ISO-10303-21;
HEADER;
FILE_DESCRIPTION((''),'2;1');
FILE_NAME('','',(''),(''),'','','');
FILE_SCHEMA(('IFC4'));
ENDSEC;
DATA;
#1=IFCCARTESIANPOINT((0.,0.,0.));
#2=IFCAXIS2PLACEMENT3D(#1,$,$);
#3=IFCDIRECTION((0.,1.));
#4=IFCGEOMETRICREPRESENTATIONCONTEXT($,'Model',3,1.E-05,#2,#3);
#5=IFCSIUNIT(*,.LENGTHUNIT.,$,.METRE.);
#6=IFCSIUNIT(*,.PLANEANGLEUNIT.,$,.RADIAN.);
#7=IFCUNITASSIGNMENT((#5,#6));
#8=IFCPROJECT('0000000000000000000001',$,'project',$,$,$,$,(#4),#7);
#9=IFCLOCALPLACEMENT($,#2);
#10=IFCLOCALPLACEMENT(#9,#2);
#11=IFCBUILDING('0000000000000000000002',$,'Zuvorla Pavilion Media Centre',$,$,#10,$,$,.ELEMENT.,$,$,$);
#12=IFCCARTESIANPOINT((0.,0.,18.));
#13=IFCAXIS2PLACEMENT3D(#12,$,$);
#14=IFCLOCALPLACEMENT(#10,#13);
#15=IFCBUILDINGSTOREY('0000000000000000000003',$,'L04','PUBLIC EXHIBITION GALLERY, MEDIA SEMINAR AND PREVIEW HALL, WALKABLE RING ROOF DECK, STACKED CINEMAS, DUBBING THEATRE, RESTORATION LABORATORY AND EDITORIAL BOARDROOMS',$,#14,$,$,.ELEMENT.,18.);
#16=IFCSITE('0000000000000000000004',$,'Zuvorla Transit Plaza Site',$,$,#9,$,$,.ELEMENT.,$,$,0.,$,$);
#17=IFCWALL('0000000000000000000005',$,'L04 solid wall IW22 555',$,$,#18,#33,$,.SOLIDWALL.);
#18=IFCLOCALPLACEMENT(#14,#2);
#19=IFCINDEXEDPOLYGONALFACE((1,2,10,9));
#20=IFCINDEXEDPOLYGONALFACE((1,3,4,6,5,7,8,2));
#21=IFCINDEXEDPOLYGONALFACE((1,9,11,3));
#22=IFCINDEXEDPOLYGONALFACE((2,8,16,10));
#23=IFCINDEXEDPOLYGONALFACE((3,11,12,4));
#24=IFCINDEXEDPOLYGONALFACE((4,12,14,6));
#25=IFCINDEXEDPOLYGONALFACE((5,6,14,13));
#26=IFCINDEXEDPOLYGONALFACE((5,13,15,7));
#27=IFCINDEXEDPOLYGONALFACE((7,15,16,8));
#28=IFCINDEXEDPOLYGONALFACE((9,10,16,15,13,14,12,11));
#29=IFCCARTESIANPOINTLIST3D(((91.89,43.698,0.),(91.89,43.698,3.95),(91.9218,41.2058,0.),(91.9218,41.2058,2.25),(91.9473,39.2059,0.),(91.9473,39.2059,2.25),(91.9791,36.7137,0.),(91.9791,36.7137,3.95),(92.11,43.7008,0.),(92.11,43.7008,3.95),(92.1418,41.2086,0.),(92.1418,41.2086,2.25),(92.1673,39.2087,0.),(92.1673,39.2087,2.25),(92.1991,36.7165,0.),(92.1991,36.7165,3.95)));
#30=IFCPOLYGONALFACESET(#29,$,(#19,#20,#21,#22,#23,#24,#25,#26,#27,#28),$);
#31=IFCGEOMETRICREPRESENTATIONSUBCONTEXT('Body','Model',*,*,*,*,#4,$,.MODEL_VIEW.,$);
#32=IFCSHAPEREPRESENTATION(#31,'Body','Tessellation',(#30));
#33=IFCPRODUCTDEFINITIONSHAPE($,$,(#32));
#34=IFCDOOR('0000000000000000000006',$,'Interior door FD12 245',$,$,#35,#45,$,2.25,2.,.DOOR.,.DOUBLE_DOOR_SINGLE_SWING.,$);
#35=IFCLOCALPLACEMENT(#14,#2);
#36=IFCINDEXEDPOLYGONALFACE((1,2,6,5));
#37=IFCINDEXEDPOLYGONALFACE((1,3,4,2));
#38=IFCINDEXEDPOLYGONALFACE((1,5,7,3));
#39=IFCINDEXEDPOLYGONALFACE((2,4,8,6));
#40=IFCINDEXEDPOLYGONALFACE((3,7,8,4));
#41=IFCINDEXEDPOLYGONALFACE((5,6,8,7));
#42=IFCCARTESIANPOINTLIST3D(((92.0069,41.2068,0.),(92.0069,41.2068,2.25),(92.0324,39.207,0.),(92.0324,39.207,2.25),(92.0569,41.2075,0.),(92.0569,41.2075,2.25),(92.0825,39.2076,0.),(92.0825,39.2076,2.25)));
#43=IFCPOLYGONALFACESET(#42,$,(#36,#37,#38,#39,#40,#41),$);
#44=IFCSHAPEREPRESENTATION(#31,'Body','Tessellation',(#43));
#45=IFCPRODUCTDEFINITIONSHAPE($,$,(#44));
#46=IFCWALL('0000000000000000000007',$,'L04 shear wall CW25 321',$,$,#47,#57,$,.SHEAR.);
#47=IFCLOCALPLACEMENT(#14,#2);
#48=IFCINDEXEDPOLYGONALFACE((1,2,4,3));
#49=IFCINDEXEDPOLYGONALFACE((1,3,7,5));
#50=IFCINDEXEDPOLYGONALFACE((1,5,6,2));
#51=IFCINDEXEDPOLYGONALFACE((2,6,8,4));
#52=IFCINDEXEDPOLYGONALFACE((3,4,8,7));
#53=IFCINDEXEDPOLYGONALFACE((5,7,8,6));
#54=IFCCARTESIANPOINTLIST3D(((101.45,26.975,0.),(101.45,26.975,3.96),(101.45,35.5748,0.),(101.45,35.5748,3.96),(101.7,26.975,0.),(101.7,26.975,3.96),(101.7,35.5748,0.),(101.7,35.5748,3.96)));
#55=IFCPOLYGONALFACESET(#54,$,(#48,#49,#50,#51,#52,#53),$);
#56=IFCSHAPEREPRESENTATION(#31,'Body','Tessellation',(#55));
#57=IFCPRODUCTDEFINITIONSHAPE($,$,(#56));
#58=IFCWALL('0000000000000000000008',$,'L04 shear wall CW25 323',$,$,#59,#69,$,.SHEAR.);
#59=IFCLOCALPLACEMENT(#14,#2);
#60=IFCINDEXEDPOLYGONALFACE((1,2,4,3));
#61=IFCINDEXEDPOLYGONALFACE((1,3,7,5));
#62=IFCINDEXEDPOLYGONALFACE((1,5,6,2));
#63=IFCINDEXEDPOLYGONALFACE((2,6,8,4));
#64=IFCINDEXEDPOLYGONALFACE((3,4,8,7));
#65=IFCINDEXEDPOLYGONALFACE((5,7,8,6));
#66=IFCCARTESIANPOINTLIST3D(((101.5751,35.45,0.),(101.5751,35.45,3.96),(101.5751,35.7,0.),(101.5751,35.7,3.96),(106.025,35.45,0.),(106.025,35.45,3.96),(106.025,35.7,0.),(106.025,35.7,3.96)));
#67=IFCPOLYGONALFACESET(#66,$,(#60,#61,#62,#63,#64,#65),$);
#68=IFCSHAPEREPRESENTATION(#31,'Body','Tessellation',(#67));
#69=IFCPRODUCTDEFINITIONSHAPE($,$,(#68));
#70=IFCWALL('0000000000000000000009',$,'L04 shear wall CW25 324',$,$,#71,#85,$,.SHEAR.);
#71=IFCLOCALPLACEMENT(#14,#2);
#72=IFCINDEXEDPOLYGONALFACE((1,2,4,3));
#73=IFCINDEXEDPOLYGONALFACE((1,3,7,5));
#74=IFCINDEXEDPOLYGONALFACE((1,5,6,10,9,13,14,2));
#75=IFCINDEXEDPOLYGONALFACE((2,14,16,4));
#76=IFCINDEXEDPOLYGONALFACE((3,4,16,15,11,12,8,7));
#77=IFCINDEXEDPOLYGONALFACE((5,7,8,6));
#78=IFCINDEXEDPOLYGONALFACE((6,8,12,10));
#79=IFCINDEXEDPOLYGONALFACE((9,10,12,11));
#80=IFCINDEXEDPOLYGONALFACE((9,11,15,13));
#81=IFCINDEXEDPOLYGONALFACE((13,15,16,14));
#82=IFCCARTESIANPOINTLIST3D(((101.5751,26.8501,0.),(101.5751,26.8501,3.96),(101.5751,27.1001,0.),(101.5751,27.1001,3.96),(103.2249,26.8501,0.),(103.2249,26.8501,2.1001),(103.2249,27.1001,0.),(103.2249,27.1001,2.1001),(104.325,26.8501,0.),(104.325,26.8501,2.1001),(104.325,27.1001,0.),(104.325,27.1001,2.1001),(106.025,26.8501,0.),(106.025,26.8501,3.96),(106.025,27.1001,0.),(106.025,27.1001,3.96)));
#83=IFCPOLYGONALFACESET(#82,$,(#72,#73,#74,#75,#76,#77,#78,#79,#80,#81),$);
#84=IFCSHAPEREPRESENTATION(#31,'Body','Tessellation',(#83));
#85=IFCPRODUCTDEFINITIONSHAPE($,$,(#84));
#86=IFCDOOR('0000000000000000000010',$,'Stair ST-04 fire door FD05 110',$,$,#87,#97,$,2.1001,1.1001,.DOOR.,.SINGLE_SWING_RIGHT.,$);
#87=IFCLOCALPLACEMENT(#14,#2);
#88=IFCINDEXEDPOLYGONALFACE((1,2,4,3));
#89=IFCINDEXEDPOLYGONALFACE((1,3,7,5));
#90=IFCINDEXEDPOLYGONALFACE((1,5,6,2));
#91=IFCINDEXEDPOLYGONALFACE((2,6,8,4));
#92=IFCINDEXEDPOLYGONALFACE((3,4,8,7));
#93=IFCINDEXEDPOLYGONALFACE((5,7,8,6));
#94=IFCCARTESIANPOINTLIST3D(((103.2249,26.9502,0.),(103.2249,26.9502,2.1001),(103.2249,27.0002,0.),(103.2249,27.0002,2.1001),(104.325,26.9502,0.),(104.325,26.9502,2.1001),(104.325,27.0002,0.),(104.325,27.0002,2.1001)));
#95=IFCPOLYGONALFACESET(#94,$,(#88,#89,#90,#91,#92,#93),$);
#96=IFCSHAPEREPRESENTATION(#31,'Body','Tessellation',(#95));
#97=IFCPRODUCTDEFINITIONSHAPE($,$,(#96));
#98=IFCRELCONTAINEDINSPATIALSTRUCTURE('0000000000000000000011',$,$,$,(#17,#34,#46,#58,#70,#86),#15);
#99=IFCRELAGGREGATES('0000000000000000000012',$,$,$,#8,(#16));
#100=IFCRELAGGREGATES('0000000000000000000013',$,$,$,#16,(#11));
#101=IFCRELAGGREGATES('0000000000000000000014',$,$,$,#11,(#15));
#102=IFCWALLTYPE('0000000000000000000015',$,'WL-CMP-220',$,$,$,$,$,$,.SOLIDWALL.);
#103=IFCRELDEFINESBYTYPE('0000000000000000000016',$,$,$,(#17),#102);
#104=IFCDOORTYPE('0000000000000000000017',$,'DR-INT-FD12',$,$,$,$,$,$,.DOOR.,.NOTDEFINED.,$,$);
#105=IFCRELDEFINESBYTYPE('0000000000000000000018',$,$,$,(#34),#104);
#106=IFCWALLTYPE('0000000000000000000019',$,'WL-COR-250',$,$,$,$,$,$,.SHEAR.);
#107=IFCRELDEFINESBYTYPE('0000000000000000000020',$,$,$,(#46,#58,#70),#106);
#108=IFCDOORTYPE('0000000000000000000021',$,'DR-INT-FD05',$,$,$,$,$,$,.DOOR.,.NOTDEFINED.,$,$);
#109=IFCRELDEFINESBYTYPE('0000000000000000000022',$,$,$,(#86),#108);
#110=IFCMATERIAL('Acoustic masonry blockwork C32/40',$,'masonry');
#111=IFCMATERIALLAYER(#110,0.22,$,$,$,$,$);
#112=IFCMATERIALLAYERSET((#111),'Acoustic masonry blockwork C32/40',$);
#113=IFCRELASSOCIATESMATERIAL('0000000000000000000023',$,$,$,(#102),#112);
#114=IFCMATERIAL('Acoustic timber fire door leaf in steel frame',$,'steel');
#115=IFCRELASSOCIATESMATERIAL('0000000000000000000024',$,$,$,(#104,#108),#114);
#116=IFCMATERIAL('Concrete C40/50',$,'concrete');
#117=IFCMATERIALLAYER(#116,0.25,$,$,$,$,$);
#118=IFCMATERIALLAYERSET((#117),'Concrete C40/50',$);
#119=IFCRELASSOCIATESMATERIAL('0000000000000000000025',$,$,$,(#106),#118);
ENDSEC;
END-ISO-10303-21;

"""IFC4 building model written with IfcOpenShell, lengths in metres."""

from ifc_helpers import new_model, si_unit, direction, frame, frame_2d, origin, place, context, subcontext, project, spatial, rectangle, extrude, material, layer, layer_set, type_object, element, fill, save


model = new_model("IFC4")

# Units and contexts
model_context = context("Model", 3, precision=1e-05, world=origin(), true_north=direction((0.0, 1.0)))
body_context = subcontext(model_context, "Body", "Model", "MODEL_VIEW")
ifc_project = project(units=[si_unit("LENGTHUNIT", "METRE"), si_unit("PLANEANGLEUNIT", "RADIAN")], contexts=[model_context])

# Site, building, storey
site_placement = place(None, origin())
site = spatial("IfcSite", under=ifc_project, at=site_placement, Name="Zuvorla Transit Plaza Site", CompositionType="ELEMENT", RefElevation=0.0)
building_placement = place(site_placement, origin())
building = spatial("IfcBuilding", under=site, at=building_placement, Name="Zuvorla Pavilion Media Centre", CompositionType="ELEMENT")
storey_placement = place(building_placement, frame((0.0, 0.0, 18.0)))
storey = spatial("IfcBuildingStorey", under=building, at=storey_placement, Name="L04", Description="PUBLIC EXHIBITION GALLERY, MEDIA SEMINAR AND PREVIEW HALL, WALKABLE RING ROOF DECK, STACKED CINEMAS, DUBBING THEATRE, RESTORATION LABORATORY AND EDITORIAL BOARDROOMS", CompositionType="ELEMENT", Elevation=18.0)

# Shared definitions
ifc_material_1 = material(Name="Concrete C40/50", Category="concrete")

# Wall, opening, door
ifc_material_2 = material(Name="Acoustic masonry blockwork C32/40", Category="masonry")
ifc_layer_1 = layer(ifc_material_2, 0.22)
ifc_layer_set_1 = layer_set([ifc_layer_1], Name="Acoustic masonry blockwork C32/40")
wall_type_1 = type_object("IfcWallType", Name="WL-CMP-220", PredefinedType="SOLIDWALL", material=ifc_layer_set_1)
wall_1_placement = place(storey_placement, frame((92.0891, 36.7151, 0.0), z_axis=(0.0, 0.0, 1.0), x_axis=(-0.012758, 0.999919, 0.0)))
wall_1 = element("IfcWall", 1, at=wall_1_placement, inside=storey, type_object=wall_type_1, Name="L04 solid wall IW22 555", PredefinedType="SOLIDWALL", context=body_context, shape_type="SweptSolid", body=[
    extrude(rectangle(XDim=6.9849, YDim=0.22, at=frame_2d((3.4924, 0.0))), origin(), (0.0, 0.0, 1.0), 3.95),
])
opening_1_placement = place(wall_1_placement, frame((2.4924, 0.0, 0.0)))
opening_1 = element("IfcOpeningElement", 2, at=opening_1_placement, cuts=wall_1, PredefinedType="OPENING", context=body_context, shape_type="SweptSolid", body=[
    extrude(rectangle(XDim=2.0, YDim=2.25, at=frame_2d((1.0, 1.125))), frame((0.0, 0.1199, 0.0), z_axis=(0.0, -1.0, 0.0), x_axis=(1.0, 0.0, 0.0)), (0.0, 0.0, 1.0), 0.24),
])
ifc_material_3 = material(Name="Acoustic timber fire door leaf in steel frame", Category="steel")
door_type_1 = type_object("IfcDoorType", Name="DR-INT-FD12", OperationType="NOTDEFINED", PredefinedType="DOOR", material=ifc_material_3)
door_1_placement = place(opening_1_placement, origin())
door_1 = element("IfcDoor", 3, at=door_1_placement, inside=storey, type_object=door_type_1, Name="Interior door FD12 245", OperationType="DOUBLE_DOOR_SINGLE_SWING", OverallHeight=2.25, OverallWidth=2.0, PredefinedType="DOOR", context=body_context, shape_type="SweptSolid", body=[
    extrude(rectangle(XDim=2.0, YDim=2.25, at=frame_2d((1.0, 1.125))), frame((0.0, 0.0249, 0.0), z_axis=(0.0, -1.0, 0.0), x_axis=(1.0, 0.0, 0.0)), (0.0, 0.0, 1.0), 0.05),
])
fill(opening_1, door_1)

# Walls
ifc_layer_2 = layer(ifc_material_1, 0.25)
ifc_layer_set_2 = layer_set([ifc_layer_2], Name="Concrete C40/50")
wall_type_2 = type_object("IfcWallType", Name="WL-COR-250", PredefinedType="SHEAR", material=ifc_layer_set_2)
wall_2_placement = place(storey_placement, frame((101.575, 26.9751, 0.0), z_axis=(0.0, 0.0, 1.0), x_axis=(0.0, 1.0, 0.0)))
element("IfcWall", 4, at=wall_2_placement, inside=storey, type_object=wall_type_2, Name="L04 shear wall CW25 321", PredefinedType="SHEAR", context=body_context, shape_type="SweptSolid", body=[
    extrude(rectangle(XDim=8.5999, YDim=0.25, at=frame_2d((4.2998, 0.0))), origin(), (0.0, 0.0, 1.0), 3.96),
])
wall_3_placement = place(storey_placement, frame((101.575, 35.575, 0.0), z_axis=(0.0, 0.0, 1.0), x_axis=(1.0, 0.0, 0.0)))
element("IfcWall", 5, at=wall_3_placement, inside=storey, type_object=wall_type_2, Name="L04 shear wall CW25 323", PredefinedType="SHEAR", context=body_context, shape_type="SweptSolid", body=[
    extrude(rectangle(XDim=4.45, YDim=0.25, at=frame_2d((2.2251, 0.0))), origin(), (0.0, 0.0, 1.0), 3.96),
])

# Wall, opening, door
wall_4_placement = place(storey_placement, frame((101.575, 26.9751, 0.0), z_axis=(0.0, 0.0, 1.0), x_axis=(1.0, 0.0, 0.0)))
wall_4 = element("IfcWall", 6, at=wall_4_placement, inside=storey, type_object=wall_type_2, Name="L04 shear wall CW25 324", PredefinedType="SHEAR", context=body_context, shape_type="SweptSolid", body=[
    extrude(rectangle(XDim=4.45, YDim=0.25, at=frame_2d((2.2251, 0.0))), origin(), (0.0, 0.0, 1.0), 3.96),
])
opening_2_placement = place(wall_4_placement, frame((1.6499, 0.0, 0.0)))
opening_2 = element("IfcOpeningElement", 7, at=opening_2_placement, cuts=wall_4, PredefinedType="OPENING", context=body_context, shape_type="SweptSolid", body=[
    extrude(rectangle(XDim=1.1001, YDim=2.1001, at=frame_2d((0.55, 1.05))), frame((0.0, 0.135, 0.0), z_axis=(0.0, -1.0, 0.0), x_axis=(1.0, 0.0, 0.0)), (0.0, 0.0, 1.0), 0.27),
])
door_type_2 = type_object("IfcDoorType", Name="DR-INT-FD05", OperationType="NOTDEFINED", PredefinedType="DOOR", material=ifc_material_3)
door_2_placement = place(opening_2_placement, frame((1.1001, 0.0, 0.0), z_axis=(0.0, 0.0, 1.0), x_axis=(-1.0, 0.0, 0.0)))
door_2 = element("IfcDoor", 8, at=door_2_placement, inside=storey, type_object=door_type_2, Name="Stair ST-04 fire door FD05 110", OperationType="SINGLE_SWING_RIGHT", OverallHeight=2.1001, OverallWidth=1.1001, PredefinedType="DOOR", context=body_context, shape_type="SweptSolid", body=[
    extrude(rectangle(XDim=1.1001, YDim=2.1001, at=frame_2d((0.55, 1.05))), frame((0.0, 0.0249, 0.0), z_axis=(0.0, -1.0, 0.0), x_axis=(1.0, 0.0, 0.0)), (0.0, 0.0, 1.0), 0.05),
])
fill(opening_2, door_2)

save(model, "model.ifc")
